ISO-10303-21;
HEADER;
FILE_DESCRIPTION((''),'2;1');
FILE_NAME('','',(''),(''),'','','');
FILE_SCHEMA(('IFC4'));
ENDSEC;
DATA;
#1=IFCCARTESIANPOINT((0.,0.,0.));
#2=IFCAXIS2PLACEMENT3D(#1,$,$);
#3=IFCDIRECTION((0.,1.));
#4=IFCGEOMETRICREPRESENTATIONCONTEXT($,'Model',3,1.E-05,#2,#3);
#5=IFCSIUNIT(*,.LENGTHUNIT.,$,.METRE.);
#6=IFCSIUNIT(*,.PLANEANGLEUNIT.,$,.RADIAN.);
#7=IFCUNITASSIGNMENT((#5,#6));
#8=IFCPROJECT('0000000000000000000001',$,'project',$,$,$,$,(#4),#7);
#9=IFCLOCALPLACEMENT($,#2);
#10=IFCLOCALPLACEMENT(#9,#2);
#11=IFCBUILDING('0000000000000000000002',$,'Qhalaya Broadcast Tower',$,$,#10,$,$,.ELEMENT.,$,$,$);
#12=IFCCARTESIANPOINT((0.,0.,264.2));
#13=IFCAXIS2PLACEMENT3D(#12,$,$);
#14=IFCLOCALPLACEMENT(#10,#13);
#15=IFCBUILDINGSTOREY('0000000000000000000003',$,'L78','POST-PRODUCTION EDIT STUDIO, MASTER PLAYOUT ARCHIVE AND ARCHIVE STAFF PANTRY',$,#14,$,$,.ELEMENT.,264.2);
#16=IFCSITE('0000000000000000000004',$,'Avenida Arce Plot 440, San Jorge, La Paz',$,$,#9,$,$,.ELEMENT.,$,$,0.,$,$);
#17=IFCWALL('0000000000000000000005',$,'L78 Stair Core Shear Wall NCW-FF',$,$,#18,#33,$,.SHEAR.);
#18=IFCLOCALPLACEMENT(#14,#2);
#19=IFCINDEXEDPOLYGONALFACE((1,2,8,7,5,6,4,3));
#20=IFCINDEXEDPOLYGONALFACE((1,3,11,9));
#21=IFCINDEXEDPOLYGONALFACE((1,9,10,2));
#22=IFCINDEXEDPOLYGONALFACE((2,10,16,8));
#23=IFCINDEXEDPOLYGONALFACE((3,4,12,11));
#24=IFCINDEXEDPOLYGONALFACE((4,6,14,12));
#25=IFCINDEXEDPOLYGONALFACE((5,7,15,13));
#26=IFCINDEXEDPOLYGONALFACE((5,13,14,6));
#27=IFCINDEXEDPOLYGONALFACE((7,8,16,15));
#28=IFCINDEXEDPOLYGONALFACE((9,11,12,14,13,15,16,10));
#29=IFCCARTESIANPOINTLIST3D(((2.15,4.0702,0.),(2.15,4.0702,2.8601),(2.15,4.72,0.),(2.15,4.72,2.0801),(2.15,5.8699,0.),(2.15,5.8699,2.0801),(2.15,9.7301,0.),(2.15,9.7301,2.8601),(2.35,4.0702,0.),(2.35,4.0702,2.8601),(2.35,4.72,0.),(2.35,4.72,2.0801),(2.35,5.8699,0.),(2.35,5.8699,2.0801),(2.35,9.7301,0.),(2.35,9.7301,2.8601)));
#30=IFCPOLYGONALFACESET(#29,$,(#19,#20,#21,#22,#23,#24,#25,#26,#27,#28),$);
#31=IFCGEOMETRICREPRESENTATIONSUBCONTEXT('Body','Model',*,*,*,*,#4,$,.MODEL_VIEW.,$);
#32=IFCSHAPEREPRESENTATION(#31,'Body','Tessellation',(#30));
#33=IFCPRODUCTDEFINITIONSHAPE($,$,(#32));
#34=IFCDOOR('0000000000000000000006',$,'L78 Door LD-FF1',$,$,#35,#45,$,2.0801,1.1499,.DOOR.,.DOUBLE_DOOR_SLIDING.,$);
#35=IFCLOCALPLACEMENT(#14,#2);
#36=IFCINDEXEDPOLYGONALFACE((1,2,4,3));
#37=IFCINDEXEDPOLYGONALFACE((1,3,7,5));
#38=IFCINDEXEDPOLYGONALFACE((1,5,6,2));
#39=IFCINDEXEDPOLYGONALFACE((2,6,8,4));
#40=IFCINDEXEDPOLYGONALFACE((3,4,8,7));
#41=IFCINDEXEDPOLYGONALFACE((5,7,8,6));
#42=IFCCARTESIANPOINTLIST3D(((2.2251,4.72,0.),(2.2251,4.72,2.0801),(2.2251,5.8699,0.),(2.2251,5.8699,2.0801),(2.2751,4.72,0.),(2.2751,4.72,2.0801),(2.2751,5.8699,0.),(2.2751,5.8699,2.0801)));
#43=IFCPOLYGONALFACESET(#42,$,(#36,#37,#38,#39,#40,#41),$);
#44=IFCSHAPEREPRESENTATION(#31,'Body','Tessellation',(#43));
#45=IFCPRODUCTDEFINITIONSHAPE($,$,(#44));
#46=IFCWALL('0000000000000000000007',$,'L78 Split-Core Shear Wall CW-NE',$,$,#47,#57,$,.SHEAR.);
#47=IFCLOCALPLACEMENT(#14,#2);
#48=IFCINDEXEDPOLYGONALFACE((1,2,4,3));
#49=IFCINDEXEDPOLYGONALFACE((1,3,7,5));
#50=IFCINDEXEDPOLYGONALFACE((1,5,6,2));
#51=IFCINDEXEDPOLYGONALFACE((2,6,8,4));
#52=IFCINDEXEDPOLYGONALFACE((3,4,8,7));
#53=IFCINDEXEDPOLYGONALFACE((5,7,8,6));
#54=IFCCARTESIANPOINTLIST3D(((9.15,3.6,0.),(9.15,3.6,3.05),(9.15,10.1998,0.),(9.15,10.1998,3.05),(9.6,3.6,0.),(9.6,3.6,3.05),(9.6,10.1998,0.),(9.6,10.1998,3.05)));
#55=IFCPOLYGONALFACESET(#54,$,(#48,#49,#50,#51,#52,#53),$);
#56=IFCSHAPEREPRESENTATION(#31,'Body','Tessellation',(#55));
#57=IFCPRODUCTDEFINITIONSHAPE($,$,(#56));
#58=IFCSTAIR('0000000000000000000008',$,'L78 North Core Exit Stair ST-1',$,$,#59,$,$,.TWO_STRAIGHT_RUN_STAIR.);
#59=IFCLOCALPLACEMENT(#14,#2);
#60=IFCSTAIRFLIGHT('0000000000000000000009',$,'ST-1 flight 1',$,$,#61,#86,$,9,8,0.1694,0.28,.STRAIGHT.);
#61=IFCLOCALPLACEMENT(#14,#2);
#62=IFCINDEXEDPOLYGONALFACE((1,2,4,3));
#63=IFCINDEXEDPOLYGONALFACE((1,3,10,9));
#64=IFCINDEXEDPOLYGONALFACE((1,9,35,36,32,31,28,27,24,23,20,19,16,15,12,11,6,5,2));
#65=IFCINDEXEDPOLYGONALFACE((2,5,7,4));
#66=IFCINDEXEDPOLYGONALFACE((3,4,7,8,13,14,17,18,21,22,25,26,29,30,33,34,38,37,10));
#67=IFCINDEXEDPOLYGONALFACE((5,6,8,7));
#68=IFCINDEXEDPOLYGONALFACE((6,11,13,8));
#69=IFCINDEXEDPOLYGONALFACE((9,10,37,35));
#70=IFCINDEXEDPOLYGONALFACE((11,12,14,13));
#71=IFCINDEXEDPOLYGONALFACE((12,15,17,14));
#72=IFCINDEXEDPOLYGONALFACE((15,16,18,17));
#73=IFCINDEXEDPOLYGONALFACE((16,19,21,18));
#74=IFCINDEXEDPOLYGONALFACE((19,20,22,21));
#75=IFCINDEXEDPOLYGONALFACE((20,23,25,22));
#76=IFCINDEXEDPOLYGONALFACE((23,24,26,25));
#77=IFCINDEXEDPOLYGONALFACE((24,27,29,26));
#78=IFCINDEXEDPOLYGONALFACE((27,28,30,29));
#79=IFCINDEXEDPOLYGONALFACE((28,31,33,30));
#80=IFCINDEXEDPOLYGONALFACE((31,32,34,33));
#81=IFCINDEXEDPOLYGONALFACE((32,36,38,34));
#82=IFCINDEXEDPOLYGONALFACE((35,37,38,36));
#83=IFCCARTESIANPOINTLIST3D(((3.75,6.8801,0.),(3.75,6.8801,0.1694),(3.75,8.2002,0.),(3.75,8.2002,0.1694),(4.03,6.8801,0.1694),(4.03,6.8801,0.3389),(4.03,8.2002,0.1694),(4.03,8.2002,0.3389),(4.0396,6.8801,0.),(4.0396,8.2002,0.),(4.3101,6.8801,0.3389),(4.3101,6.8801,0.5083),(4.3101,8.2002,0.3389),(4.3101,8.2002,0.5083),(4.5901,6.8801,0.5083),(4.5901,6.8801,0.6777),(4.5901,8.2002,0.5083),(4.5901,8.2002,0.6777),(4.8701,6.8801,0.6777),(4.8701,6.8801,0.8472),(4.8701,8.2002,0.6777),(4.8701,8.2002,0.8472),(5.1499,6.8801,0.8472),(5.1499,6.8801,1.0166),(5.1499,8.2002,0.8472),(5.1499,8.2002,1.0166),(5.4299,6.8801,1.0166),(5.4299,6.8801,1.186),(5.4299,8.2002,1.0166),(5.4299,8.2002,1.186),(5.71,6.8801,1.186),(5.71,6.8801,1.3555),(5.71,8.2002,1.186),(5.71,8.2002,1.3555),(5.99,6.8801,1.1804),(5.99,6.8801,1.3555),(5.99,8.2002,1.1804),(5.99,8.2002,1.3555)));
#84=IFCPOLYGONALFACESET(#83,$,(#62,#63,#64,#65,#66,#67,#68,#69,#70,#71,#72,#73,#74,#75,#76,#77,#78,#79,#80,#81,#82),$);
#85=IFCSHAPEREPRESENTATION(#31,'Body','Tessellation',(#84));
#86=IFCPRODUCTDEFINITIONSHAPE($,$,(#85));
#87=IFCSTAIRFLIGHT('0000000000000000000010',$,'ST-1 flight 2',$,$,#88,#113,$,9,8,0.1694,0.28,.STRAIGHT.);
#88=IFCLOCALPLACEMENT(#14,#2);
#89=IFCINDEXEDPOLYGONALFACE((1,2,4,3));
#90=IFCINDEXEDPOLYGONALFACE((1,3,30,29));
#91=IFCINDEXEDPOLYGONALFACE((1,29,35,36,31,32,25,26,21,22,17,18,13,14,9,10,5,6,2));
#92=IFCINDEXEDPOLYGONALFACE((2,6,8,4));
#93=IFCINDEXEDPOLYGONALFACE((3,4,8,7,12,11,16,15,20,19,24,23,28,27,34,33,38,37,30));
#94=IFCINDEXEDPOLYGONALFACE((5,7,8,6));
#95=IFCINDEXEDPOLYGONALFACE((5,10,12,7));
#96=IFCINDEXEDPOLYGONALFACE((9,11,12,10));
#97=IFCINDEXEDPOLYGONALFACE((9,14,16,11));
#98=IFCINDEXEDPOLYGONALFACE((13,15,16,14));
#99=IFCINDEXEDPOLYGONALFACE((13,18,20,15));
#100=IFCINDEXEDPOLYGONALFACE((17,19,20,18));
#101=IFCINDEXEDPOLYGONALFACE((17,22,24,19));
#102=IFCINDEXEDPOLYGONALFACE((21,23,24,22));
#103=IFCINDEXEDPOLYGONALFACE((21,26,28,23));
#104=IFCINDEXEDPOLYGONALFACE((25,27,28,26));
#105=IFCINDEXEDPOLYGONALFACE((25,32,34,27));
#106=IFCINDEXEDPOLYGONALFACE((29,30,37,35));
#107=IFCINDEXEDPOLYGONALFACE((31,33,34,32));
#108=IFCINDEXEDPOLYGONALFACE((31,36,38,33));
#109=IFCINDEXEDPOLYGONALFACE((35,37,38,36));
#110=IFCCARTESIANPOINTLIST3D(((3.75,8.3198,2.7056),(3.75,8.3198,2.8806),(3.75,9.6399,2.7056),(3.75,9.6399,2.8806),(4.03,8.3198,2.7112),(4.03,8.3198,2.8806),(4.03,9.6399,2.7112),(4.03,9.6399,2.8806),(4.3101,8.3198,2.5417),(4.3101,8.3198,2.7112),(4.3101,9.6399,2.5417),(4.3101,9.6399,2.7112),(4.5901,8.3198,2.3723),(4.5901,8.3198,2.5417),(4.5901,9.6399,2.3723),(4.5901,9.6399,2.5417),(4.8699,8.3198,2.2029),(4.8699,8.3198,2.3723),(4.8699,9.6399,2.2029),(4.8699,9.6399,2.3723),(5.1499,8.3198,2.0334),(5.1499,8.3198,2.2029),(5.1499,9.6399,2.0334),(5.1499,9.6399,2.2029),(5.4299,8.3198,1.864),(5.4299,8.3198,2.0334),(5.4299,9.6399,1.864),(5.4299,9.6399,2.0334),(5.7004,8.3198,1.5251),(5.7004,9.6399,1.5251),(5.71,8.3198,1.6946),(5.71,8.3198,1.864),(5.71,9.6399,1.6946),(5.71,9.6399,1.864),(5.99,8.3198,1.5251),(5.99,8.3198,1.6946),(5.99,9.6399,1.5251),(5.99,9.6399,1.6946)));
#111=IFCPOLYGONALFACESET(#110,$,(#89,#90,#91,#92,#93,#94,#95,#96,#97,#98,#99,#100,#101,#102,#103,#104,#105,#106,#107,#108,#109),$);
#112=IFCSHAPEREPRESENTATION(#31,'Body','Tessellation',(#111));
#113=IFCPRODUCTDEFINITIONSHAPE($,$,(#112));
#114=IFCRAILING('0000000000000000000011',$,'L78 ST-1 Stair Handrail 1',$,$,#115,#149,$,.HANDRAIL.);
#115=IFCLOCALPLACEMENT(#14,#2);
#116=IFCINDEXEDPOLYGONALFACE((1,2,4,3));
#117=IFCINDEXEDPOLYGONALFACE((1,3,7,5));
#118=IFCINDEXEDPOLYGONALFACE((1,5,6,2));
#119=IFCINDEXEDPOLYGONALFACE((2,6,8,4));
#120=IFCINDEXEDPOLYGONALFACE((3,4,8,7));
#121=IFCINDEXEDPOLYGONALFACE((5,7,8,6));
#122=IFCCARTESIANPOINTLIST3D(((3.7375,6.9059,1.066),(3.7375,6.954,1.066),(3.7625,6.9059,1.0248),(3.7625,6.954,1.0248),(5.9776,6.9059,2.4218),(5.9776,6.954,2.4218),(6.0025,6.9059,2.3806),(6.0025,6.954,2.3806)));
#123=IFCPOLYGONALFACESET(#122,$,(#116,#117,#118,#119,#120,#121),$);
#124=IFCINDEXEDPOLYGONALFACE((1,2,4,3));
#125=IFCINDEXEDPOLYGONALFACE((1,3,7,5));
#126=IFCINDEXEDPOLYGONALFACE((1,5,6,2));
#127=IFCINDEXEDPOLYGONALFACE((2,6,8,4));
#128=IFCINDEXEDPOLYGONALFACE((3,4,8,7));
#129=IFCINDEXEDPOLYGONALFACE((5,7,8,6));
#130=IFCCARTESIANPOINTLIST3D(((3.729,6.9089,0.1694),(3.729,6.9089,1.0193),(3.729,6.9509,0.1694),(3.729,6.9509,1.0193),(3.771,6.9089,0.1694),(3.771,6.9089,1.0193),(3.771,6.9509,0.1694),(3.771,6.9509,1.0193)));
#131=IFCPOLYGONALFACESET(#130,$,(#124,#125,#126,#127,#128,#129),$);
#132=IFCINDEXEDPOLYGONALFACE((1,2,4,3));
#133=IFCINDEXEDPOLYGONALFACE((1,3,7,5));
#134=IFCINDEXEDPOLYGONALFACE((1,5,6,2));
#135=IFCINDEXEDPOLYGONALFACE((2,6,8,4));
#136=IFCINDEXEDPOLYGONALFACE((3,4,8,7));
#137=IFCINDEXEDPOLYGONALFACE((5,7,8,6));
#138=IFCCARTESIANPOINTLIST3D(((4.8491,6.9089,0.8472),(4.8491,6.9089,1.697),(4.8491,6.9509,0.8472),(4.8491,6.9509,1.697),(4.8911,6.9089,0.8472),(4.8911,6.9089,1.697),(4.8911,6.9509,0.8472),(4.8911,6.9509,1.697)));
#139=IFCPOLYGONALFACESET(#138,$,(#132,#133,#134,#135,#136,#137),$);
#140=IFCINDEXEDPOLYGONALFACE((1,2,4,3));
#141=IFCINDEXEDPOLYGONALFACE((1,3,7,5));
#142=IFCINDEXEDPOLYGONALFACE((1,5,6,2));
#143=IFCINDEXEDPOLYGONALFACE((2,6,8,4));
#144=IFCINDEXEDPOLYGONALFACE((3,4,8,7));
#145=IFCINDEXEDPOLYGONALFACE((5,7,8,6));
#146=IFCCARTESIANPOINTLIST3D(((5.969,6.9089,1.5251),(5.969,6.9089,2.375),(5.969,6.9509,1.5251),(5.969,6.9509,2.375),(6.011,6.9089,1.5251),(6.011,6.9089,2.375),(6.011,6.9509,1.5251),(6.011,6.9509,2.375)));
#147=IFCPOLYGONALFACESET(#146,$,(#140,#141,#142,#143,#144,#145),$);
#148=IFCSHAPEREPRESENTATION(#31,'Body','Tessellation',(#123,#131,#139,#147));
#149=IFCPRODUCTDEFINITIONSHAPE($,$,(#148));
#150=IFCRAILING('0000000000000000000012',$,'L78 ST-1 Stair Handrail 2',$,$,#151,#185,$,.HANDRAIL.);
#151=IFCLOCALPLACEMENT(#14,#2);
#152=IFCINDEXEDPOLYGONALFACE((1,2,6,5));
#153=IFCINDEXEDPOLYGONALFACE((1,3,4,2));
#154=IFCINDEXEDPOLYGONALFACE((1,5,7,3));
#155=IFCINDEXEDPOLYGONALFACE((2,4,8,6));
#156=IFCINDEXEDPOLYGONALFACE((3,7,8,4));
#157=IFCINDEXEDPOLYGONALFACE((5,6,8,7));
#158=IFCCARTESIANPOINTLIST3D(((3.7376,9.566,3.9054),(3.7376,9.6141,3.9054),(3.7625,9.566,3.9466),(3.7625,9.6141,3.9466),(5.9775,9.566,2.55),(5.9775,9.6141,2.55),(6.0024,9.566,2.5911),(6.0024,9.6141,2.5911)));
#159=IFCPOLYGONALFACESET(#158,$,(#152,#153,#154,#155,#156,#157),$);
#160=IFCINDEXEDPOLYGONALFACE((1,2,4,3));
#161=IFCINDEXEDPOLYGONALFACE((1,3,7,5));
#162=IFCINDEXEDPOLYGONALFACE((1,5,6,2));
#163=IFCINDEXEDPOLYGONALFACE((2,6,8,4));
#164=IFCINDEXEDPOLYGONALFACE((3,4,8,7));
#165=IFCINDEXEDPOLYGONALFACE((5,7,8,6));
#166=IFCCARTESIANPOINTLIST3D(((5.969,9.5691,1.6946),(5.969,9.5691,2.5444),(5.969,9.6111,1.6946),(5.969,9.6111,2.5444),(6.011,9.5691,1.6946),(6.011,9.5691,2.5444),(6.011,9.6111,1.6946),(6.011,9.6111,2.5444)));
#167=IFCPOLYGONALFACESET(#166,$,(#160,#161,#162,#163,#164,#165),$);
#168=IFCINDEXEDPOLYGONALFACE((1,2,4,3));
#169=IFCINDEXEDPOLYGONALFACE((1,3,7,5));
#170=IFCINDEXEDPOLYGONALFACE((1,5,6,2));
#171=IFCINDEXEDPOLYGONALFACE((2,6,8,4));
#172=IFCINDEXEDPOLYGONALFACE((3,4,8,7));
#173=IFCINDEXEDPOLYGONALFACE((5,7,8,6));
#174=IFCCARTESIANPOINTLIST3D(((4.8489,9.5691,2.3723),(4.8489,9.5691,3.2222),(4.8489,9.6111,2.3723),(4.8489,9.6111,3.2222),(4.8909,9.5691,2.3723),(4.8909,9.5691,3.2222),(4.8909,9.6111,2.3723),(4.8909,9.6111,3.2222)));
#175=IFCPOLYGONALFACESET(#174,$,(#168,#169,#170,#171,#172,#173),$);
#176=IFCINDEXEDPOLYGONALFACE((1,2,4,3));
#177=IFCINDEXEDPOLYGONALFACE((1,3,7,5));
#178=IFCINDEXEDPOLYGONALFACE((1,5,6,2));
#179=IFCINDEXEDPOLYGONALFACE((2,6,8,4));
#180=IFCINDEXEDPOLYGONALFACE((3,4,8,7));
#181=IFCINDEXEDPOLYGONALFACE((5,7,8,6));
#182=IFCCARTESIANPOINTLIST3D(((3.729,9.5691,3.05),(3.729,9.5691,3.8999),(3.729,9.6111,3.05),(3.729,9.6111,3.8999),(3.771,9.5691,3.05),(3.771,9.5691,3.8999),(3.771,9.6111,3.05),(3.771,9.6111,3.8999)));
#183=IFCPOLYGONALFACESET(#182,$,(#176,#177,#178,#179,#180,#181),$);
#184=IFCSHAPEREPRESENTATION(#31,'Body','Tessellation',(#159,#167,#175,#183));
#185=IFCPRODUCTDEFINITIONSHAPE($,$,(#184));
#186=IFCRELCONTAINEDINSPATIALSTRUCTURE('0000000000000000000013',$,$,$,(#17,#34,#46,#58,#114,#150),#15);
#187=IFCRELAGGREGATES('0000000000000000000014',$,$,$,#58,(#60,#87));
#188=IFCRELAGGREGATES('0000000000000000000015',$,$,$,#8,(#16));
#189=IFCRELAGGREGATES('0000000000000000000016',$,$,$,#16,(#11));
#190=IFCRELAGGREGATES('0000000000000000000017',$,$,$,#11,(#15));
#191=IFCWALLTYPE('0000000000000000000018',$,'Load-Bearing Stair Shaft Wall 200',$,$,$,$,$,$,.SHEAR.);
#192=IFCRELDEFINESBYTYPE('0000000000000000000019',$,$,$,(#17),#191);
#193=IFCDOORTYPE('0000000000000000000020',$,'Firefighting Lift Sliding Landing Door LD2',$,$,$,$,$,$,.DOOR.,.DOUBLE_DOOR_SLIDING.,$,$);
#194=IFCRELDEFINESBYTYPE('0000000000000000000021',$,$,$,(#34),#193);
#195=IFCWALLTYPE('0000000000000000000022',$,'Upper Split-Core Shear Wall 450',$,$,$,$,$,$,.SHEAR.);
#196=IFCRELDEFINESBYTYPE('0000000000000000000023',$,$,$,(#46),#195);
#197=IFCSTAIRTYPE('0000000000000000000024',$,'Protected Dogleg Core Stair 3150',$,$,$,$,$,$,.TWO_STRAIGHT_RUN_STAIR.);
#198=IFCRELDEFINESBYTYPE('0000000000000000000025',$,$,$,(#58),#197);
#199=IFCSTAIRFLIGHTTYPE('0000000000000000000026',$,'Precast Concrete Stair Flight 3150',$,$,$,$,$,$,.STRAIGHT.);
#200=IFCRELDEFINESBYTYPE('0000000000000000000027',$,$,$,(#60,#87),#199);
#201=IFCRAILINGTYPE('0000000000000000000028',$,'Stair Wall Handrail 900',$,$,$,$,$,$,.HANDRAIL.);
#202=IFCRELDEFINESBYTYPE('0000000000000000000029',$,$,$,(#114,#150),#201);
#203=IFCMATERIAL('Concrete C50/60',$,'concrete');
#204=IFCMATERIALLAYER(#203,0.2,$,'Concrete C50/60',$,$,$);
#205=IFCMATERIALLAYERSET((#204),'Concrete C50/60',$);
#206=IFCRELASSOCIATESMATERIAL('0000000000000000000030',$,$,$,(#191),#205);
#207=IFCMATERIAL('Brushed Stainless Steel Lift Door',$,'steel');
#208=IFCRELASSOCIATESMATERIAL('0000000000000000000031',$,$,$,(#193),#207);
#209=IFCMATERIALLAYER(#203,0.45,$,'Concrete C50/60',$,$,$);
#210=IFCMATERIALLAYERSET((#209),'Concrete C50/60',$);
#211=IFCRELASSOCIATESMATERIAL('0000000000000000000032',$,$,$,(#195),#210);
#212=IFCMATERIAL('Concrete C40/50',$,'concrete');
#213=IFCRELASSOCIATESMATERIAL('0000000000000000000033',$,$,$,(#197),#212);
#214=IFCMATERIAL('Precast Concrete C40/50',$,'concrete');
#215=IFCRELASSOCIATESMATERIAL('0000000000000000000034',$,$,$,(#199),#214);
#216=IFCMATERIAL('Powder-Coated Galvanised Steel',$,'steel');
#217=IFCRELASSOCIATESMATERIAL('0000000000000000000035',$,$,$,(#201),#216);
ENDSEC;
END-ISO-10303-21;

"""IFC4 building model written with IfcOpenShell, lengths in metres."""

from ifc_helpers import new_model, si_unit, direction, frame, frame_2d, origin, origin_2d, place, context, subcontext, project, spatial, polyline, rectangle, outline, extrude, material, layer, layer_set, type_object, element, fill, aggregate, save


model = new_model("IFC4")

# Units and contexts
model_context = context("Model", 3, precision=1e-05, world=origin(), true_north=direction((0.0, 1.0)))
body_context = subcontext(model_context, "Body", "Model", "MODEL_VIEW")
ifc_project = project(units=[si_unit("LENGTHUNIT", "METRE"), si_unit("PLANEANGLEUNIT", "RADIAN")], contexts=[model_context])

# Site, building, storey
site_placement = place(None, origin())
site = spatial("IfcSite", under=ifc_project, at=site_placement, Name="Avenida Arce Plot 440, San Jorge, La Paz", CompositionType="ELEMENT", RefElevation=0.0)
building_placement = place(site_placement, origin())
building = spatial("IfcBuilding", under=site, at=building_placement, Name="Qhalaya Broadcast Tower", CompositionType="ELEMENT")
storey_placement = place(building_placement, frame((0.0, 0.0, 264.2)))
storey = spatial("IfcBuildingStorey", under=building, at=storey_placement, Name="L78", Description="POST-PRODUCTION EDIT STUDIO, MASTER PLAYOUT ARCHIVE AND ARCHIVE STAFF PANTRY", CompositionType="ELEMENT", Elevation=264.2)

# Shared definitions
ifc_material_1 = material(Name="Concrete C50/60", Category="concrete")

# Wall, opening, door
ifc_layer_1 = layer(ifc_material_1, 0.2, Name="Concrete C50/60")
ifc_layer_set_1 = layer_set([ifc_layer_1], Name="Concrete C50/60")
wall_type_1 = type_object("IfcWallType", Name="Load-Bearing Stair Shaft Wall 200", PredefinedType="SHEAR", material=ifc_layer_set_1)
wall_1_placement = place(storey_placement, frame((2.25, 4.0701, 0.0), z_axis=(0.0, 0.0, 1.0), x_axis=(0.0, 1.0, 0.0)))
wall_1 = element("IfcWall", 1, at=wall_1_placement, inside=storey, type_object=wall_type_1, Name="L78 Stair Core Shear Wall NCW-FF", PredefinedType="SHEAR", context=body_context, shape_type="SweptSolid", body=[
    extrude(rectangle(XDim=5.6599, YDim=0.2, at=frame_2d((2.8301, 0.0))), origin(), (0.0, 0.0, 1.0), 2.8601),
])
opening_1_placement = place(wall_1_placement, frame((0.6499, 0.0, 0.0)))
opening_1 = element("IfcOpeningElement", 2, at=opening_1_placement, cuts=wall_1, PredefinedType="OPENING", context=body_context, shape_type="SweptSolid", body=[
    extrude(rectangle(XDim=1.1499, YDim=2.0801, at=frame_2d((0.575, 1.04))), frame((0.0, 0.1121, 0.0), z_axis=(0.0, -1.0, 0.0), x_axis=(1.0, 0.0, 0.0)), (0.0, 0.0, 1.0), 0.2239),
])
ifc_material_2 = material(Name="Brushed Stainless Steel Lift Door", Category="steel")
door_type_1 = type_object("IfcDoorType", Name="Firefighting Lift Sliding Landing Door LD2", OperationType="DOUBLE_DOOR_SLIDING", PredefinedType="DOOR", material=ifc_material_2)
door_1_placement = place(opening_1_placement, origin())
door_1 = element("IfcDoor", 3, at=door_1_placement, inside=storey, type_object=door_type_1, Name="L78 Door LD-FF1", OperationType="DOUBLE_DOOR_SLIDING", OverallHeight=2.0801, OverallWidth=1.1499, PredefinedType="DOOR", context=body_context, shape_type="SweptSolid", body=[
    extrude(rectangle(XDim=1.1499, YDim=2.0801, at=frame_2d((0.575, 1.04))), frame((0.0, 0.0249, 0.0), z_axis=(0.0, -1.0, 0.0), x_axis=(1.0, 0.0, 0.0)), (0.0, 0.0, 1.0), 0.05),
])
fill(opening_1, door_1)

# Wall
ifc_layer_2 = layer(ifc_material_1, 0.45, Name="Concrete C50/60")
ifc_layer_set_2 = layer_set([ifc_layer_2], Name="Concrete C50/60")
wall_type_2 = type_object("IfcWallType", Name="Upper Split-Core Shear Wall 450", PredefinedType="SHEAR", material=ifc_layer_set_2)
wall_2_placement = place(storey_placement, frame((9.375, 3.6001, 0.0), z_axis=(0.0, 0.0, 1.0), x_axis=(0.0, 1.0, 0.0)))
element("IfcWall", 4, at=wall_2_placement, inside=storey, type_object=wall_type_2, Name="L78 Split-Core Shear Wall CW-NE", PredefinedType="SHEAR", context=body_context, shape_type="SweptSolid", body=[
    extrude(rectangle(XDim=6.5999, YDim=0.45, at=frame_2d((3.2998, 0.0))), origin(), (0.0, 0.0, 1.0), 3.05),
])

# Stair, stair flights
ifc_material_3 = material(Name="Concrete C40/50", Category="concrete")
stair_type = type_object("IfcStairType", Name="Protected Dogleg Core Stair 3150", PredefinedType="TWO_STRAIGHT_RUN_STAIR", material=ifc_material_3)
stair_placement = place(storey_placement, origin())
stair = element("IfcStair", 5, at=stair_placement, inside=storey, type_object=stair_type, Name="L78 North Core Exit Stair ST-1", PredefinedType="TWO_STRAIGHT_RUN_STAIR")
ifc_material_4 = material(Name="Precast Concrete C40/50", Category="concrete")
stair_flight_type = type_object("IfcStairFlightType", Name="Precast Concrete Stair Flight 3150", PredefinedType="STRAIGHT", material=ifc_material_4)
stair_flight_1_placement = place(storey_placement, frame((3.75, 7.54, 0.0), z_axis=(0.0, 0.0, 1.0), x_axis=(1.0, 0.0, 0.0)))
stair_flight_1 = element("IfcStairFlight", 6, at=stair_flight_1_placement, type_object=stair_flight_type, Name="ST-1 flight 1", NumberOfRisers=9, NumberOfTreads=8, PredefinedType="STRAIGHT", RiserHeight=0.1694, TreadLength=0.28, context=body_context, shape_type="SweptSolid", body=[
    extrude(outline(polyline([(0.0, 0.0), (0.0, 0.1694), (0.28, 0.1694), (0.28, 0.3389), (0.5601, 0.3389), (0.5601, 0.5083), (0.8401, 0.5083), (0.8401, 0.6777), (1.1201, 0.6777), (1.1201, 0.8472), (1.3999, 0.8472), (1.3999, 1.0166), (1.6799, 1.0166), (1.6799, 1.186), (1.96, 1.186), (1.96, 1.3555), (2.24, 1.3555), (2.24, 1.5249), (2.24, 1.1804), (0.2896, 0.0), (0.0, 0.0)])), frame((0.0, 0.6602, 0.0), z_axis=(0.0, -1.0, 0.0), x_axis=(1.0, 0.0, 0.0)), (0.0, 0.0, 1.0), 1.3201),
])
stair_flight_2_placement = place(storey_placement, frame((5.99, 8.98, 1.5251), z_axis=(0.0, 0.0, 1.0), x_axis=(-1.0, 0.0, 0.0)))
stair_flight_2 = element("IfcStairFlight", 7, at=stair_flight_2_placement, type_object=stair_flight_type, Name="ST-1 flight 2", NumberOfRisers=9, NumberOfTreads=8, PredefinedType="STRAIGHT", RiserHeight=0.1694, TreadLength=0.28, context=body_context, shape_type="SweptSolid", body=[
    extrude(outline(polyline([(0.0, 0.0), (0.0, 0.1694), (0.28, 0.1694), (0.28, 0.3389), (0.5601, 0.3389), (0.5601, 0.5083), (0.8401, 0.5083), (0.8401, 0.6777), (1.1201, 0.6777), (1.1201, 0.8472), (1.3999, 0.8472), (1.3999, 1.0166), (1.6799, 1.0166), (1.6799, 1.186), (1.96, 1.186), (1.96, 1.3555), (2.24, 1.3555), (2.24, 1.5249), (2.24, 1.1804), (0.2896, 0.0), (0.0, 0.0)])), frame((0.0, 0.6602, 0.0), z_axis=(0.0, -1.0, 0.0), x_axis=(1.0, 0.0, 0.0)), (0.0, 0.0, 1.0), 1.3201),
])
aggregate(stair, [stair_flight_1, stair_flight_2])

# Railings
ifc_material_5 = material(Name="Powder-Coated Galvanised Steel", Category="steel")
railing_type_1 = type_object("IfcRailingType", Name="Stair Wall Handrail 900", PredefinedType="HANDRAIL", material=ifc_material_5)
railing_1_placement = place(storey_placement, frame((3.75, 6.9299, 0.1694)))
element("IfcRailing", 8, at=railing_1_placement, inside=storey, type_object=railing_type_1, Name="L78 ST-1 Stair Handrail 1", PredefinedType="HANDRAIL", context=body_context, shape_type="SweptSolid", body=[
    extrude(rectangle(XDim=0.0481, YDim=0.0481, at=origin_2d()), frame((0.0, 0.0, 0.876), z_axis=(0.855512, 0.0, 0.517783), x_axis=(0.0, 1.0, 0.0)), (0.0, 0.0, 1.0), 2.6184),
    extrude(rectangle(XDim=0.042, YDim=0.042, at=origin_2d()), origin(), (0.0, 0.0, 1.0), 0.8499),
    extrude(rectangle(XDim=0.042, YDim=0.042, at=origin_2d()), frame((1.1201, 0.0, 0.6777)), (0.0, 0.0, 1.0), 0.8499),
    extrude(rectangle(XDim=0.042, YDim=0.042, at=origin_2d()), frame((2.24, 0.0, 1.3557)), (0.0, 0.0, 1.0), 0.8499),
])
railing_2_placement = place(storey_placement, frame((5.99, 9.5901, 1.6946)))
element("IfcRailing", 9, at=railing_2_placement, inside=storey, type_object=railing_type_1, Name="L78 ST-1 Stair Handrail 2", PredefinedType="HANDRAIL", context=body_context, shape_type="SweptSolid", body=[
    extrude(rectangle(XDim=0.0481, YDim=0.0481, at=origin_2d()), frame((0.0, 0.0, 0.876), z_axis=(-0.855553, 0.0, 0.517715), x_axis=(0.0, -1.0, 0.0)), (0.0, 0.0, 1.0), 2.6182),
    extrude(rectangle(XDim=0.042, YDim=0.042, at=origin_2d()), origin(), (0.0, 0.0, 1.0), 0.8499),
    extrude(rectangle(XDim=0.042, YDim=0.042, at=origin_2d()), frame((-1.1201, 0.0, 0.6777)), (0.0, 0.0, 1.0), 0.8499),
    extrude(rectangle(XDim=0.042, YDim=0.042, at=origin_2d()), frame((-2.24, 0.0, 1.3555)), (0.0, 0.0, 1.0), 0.8499),
])

save(model, "model.ifc")
